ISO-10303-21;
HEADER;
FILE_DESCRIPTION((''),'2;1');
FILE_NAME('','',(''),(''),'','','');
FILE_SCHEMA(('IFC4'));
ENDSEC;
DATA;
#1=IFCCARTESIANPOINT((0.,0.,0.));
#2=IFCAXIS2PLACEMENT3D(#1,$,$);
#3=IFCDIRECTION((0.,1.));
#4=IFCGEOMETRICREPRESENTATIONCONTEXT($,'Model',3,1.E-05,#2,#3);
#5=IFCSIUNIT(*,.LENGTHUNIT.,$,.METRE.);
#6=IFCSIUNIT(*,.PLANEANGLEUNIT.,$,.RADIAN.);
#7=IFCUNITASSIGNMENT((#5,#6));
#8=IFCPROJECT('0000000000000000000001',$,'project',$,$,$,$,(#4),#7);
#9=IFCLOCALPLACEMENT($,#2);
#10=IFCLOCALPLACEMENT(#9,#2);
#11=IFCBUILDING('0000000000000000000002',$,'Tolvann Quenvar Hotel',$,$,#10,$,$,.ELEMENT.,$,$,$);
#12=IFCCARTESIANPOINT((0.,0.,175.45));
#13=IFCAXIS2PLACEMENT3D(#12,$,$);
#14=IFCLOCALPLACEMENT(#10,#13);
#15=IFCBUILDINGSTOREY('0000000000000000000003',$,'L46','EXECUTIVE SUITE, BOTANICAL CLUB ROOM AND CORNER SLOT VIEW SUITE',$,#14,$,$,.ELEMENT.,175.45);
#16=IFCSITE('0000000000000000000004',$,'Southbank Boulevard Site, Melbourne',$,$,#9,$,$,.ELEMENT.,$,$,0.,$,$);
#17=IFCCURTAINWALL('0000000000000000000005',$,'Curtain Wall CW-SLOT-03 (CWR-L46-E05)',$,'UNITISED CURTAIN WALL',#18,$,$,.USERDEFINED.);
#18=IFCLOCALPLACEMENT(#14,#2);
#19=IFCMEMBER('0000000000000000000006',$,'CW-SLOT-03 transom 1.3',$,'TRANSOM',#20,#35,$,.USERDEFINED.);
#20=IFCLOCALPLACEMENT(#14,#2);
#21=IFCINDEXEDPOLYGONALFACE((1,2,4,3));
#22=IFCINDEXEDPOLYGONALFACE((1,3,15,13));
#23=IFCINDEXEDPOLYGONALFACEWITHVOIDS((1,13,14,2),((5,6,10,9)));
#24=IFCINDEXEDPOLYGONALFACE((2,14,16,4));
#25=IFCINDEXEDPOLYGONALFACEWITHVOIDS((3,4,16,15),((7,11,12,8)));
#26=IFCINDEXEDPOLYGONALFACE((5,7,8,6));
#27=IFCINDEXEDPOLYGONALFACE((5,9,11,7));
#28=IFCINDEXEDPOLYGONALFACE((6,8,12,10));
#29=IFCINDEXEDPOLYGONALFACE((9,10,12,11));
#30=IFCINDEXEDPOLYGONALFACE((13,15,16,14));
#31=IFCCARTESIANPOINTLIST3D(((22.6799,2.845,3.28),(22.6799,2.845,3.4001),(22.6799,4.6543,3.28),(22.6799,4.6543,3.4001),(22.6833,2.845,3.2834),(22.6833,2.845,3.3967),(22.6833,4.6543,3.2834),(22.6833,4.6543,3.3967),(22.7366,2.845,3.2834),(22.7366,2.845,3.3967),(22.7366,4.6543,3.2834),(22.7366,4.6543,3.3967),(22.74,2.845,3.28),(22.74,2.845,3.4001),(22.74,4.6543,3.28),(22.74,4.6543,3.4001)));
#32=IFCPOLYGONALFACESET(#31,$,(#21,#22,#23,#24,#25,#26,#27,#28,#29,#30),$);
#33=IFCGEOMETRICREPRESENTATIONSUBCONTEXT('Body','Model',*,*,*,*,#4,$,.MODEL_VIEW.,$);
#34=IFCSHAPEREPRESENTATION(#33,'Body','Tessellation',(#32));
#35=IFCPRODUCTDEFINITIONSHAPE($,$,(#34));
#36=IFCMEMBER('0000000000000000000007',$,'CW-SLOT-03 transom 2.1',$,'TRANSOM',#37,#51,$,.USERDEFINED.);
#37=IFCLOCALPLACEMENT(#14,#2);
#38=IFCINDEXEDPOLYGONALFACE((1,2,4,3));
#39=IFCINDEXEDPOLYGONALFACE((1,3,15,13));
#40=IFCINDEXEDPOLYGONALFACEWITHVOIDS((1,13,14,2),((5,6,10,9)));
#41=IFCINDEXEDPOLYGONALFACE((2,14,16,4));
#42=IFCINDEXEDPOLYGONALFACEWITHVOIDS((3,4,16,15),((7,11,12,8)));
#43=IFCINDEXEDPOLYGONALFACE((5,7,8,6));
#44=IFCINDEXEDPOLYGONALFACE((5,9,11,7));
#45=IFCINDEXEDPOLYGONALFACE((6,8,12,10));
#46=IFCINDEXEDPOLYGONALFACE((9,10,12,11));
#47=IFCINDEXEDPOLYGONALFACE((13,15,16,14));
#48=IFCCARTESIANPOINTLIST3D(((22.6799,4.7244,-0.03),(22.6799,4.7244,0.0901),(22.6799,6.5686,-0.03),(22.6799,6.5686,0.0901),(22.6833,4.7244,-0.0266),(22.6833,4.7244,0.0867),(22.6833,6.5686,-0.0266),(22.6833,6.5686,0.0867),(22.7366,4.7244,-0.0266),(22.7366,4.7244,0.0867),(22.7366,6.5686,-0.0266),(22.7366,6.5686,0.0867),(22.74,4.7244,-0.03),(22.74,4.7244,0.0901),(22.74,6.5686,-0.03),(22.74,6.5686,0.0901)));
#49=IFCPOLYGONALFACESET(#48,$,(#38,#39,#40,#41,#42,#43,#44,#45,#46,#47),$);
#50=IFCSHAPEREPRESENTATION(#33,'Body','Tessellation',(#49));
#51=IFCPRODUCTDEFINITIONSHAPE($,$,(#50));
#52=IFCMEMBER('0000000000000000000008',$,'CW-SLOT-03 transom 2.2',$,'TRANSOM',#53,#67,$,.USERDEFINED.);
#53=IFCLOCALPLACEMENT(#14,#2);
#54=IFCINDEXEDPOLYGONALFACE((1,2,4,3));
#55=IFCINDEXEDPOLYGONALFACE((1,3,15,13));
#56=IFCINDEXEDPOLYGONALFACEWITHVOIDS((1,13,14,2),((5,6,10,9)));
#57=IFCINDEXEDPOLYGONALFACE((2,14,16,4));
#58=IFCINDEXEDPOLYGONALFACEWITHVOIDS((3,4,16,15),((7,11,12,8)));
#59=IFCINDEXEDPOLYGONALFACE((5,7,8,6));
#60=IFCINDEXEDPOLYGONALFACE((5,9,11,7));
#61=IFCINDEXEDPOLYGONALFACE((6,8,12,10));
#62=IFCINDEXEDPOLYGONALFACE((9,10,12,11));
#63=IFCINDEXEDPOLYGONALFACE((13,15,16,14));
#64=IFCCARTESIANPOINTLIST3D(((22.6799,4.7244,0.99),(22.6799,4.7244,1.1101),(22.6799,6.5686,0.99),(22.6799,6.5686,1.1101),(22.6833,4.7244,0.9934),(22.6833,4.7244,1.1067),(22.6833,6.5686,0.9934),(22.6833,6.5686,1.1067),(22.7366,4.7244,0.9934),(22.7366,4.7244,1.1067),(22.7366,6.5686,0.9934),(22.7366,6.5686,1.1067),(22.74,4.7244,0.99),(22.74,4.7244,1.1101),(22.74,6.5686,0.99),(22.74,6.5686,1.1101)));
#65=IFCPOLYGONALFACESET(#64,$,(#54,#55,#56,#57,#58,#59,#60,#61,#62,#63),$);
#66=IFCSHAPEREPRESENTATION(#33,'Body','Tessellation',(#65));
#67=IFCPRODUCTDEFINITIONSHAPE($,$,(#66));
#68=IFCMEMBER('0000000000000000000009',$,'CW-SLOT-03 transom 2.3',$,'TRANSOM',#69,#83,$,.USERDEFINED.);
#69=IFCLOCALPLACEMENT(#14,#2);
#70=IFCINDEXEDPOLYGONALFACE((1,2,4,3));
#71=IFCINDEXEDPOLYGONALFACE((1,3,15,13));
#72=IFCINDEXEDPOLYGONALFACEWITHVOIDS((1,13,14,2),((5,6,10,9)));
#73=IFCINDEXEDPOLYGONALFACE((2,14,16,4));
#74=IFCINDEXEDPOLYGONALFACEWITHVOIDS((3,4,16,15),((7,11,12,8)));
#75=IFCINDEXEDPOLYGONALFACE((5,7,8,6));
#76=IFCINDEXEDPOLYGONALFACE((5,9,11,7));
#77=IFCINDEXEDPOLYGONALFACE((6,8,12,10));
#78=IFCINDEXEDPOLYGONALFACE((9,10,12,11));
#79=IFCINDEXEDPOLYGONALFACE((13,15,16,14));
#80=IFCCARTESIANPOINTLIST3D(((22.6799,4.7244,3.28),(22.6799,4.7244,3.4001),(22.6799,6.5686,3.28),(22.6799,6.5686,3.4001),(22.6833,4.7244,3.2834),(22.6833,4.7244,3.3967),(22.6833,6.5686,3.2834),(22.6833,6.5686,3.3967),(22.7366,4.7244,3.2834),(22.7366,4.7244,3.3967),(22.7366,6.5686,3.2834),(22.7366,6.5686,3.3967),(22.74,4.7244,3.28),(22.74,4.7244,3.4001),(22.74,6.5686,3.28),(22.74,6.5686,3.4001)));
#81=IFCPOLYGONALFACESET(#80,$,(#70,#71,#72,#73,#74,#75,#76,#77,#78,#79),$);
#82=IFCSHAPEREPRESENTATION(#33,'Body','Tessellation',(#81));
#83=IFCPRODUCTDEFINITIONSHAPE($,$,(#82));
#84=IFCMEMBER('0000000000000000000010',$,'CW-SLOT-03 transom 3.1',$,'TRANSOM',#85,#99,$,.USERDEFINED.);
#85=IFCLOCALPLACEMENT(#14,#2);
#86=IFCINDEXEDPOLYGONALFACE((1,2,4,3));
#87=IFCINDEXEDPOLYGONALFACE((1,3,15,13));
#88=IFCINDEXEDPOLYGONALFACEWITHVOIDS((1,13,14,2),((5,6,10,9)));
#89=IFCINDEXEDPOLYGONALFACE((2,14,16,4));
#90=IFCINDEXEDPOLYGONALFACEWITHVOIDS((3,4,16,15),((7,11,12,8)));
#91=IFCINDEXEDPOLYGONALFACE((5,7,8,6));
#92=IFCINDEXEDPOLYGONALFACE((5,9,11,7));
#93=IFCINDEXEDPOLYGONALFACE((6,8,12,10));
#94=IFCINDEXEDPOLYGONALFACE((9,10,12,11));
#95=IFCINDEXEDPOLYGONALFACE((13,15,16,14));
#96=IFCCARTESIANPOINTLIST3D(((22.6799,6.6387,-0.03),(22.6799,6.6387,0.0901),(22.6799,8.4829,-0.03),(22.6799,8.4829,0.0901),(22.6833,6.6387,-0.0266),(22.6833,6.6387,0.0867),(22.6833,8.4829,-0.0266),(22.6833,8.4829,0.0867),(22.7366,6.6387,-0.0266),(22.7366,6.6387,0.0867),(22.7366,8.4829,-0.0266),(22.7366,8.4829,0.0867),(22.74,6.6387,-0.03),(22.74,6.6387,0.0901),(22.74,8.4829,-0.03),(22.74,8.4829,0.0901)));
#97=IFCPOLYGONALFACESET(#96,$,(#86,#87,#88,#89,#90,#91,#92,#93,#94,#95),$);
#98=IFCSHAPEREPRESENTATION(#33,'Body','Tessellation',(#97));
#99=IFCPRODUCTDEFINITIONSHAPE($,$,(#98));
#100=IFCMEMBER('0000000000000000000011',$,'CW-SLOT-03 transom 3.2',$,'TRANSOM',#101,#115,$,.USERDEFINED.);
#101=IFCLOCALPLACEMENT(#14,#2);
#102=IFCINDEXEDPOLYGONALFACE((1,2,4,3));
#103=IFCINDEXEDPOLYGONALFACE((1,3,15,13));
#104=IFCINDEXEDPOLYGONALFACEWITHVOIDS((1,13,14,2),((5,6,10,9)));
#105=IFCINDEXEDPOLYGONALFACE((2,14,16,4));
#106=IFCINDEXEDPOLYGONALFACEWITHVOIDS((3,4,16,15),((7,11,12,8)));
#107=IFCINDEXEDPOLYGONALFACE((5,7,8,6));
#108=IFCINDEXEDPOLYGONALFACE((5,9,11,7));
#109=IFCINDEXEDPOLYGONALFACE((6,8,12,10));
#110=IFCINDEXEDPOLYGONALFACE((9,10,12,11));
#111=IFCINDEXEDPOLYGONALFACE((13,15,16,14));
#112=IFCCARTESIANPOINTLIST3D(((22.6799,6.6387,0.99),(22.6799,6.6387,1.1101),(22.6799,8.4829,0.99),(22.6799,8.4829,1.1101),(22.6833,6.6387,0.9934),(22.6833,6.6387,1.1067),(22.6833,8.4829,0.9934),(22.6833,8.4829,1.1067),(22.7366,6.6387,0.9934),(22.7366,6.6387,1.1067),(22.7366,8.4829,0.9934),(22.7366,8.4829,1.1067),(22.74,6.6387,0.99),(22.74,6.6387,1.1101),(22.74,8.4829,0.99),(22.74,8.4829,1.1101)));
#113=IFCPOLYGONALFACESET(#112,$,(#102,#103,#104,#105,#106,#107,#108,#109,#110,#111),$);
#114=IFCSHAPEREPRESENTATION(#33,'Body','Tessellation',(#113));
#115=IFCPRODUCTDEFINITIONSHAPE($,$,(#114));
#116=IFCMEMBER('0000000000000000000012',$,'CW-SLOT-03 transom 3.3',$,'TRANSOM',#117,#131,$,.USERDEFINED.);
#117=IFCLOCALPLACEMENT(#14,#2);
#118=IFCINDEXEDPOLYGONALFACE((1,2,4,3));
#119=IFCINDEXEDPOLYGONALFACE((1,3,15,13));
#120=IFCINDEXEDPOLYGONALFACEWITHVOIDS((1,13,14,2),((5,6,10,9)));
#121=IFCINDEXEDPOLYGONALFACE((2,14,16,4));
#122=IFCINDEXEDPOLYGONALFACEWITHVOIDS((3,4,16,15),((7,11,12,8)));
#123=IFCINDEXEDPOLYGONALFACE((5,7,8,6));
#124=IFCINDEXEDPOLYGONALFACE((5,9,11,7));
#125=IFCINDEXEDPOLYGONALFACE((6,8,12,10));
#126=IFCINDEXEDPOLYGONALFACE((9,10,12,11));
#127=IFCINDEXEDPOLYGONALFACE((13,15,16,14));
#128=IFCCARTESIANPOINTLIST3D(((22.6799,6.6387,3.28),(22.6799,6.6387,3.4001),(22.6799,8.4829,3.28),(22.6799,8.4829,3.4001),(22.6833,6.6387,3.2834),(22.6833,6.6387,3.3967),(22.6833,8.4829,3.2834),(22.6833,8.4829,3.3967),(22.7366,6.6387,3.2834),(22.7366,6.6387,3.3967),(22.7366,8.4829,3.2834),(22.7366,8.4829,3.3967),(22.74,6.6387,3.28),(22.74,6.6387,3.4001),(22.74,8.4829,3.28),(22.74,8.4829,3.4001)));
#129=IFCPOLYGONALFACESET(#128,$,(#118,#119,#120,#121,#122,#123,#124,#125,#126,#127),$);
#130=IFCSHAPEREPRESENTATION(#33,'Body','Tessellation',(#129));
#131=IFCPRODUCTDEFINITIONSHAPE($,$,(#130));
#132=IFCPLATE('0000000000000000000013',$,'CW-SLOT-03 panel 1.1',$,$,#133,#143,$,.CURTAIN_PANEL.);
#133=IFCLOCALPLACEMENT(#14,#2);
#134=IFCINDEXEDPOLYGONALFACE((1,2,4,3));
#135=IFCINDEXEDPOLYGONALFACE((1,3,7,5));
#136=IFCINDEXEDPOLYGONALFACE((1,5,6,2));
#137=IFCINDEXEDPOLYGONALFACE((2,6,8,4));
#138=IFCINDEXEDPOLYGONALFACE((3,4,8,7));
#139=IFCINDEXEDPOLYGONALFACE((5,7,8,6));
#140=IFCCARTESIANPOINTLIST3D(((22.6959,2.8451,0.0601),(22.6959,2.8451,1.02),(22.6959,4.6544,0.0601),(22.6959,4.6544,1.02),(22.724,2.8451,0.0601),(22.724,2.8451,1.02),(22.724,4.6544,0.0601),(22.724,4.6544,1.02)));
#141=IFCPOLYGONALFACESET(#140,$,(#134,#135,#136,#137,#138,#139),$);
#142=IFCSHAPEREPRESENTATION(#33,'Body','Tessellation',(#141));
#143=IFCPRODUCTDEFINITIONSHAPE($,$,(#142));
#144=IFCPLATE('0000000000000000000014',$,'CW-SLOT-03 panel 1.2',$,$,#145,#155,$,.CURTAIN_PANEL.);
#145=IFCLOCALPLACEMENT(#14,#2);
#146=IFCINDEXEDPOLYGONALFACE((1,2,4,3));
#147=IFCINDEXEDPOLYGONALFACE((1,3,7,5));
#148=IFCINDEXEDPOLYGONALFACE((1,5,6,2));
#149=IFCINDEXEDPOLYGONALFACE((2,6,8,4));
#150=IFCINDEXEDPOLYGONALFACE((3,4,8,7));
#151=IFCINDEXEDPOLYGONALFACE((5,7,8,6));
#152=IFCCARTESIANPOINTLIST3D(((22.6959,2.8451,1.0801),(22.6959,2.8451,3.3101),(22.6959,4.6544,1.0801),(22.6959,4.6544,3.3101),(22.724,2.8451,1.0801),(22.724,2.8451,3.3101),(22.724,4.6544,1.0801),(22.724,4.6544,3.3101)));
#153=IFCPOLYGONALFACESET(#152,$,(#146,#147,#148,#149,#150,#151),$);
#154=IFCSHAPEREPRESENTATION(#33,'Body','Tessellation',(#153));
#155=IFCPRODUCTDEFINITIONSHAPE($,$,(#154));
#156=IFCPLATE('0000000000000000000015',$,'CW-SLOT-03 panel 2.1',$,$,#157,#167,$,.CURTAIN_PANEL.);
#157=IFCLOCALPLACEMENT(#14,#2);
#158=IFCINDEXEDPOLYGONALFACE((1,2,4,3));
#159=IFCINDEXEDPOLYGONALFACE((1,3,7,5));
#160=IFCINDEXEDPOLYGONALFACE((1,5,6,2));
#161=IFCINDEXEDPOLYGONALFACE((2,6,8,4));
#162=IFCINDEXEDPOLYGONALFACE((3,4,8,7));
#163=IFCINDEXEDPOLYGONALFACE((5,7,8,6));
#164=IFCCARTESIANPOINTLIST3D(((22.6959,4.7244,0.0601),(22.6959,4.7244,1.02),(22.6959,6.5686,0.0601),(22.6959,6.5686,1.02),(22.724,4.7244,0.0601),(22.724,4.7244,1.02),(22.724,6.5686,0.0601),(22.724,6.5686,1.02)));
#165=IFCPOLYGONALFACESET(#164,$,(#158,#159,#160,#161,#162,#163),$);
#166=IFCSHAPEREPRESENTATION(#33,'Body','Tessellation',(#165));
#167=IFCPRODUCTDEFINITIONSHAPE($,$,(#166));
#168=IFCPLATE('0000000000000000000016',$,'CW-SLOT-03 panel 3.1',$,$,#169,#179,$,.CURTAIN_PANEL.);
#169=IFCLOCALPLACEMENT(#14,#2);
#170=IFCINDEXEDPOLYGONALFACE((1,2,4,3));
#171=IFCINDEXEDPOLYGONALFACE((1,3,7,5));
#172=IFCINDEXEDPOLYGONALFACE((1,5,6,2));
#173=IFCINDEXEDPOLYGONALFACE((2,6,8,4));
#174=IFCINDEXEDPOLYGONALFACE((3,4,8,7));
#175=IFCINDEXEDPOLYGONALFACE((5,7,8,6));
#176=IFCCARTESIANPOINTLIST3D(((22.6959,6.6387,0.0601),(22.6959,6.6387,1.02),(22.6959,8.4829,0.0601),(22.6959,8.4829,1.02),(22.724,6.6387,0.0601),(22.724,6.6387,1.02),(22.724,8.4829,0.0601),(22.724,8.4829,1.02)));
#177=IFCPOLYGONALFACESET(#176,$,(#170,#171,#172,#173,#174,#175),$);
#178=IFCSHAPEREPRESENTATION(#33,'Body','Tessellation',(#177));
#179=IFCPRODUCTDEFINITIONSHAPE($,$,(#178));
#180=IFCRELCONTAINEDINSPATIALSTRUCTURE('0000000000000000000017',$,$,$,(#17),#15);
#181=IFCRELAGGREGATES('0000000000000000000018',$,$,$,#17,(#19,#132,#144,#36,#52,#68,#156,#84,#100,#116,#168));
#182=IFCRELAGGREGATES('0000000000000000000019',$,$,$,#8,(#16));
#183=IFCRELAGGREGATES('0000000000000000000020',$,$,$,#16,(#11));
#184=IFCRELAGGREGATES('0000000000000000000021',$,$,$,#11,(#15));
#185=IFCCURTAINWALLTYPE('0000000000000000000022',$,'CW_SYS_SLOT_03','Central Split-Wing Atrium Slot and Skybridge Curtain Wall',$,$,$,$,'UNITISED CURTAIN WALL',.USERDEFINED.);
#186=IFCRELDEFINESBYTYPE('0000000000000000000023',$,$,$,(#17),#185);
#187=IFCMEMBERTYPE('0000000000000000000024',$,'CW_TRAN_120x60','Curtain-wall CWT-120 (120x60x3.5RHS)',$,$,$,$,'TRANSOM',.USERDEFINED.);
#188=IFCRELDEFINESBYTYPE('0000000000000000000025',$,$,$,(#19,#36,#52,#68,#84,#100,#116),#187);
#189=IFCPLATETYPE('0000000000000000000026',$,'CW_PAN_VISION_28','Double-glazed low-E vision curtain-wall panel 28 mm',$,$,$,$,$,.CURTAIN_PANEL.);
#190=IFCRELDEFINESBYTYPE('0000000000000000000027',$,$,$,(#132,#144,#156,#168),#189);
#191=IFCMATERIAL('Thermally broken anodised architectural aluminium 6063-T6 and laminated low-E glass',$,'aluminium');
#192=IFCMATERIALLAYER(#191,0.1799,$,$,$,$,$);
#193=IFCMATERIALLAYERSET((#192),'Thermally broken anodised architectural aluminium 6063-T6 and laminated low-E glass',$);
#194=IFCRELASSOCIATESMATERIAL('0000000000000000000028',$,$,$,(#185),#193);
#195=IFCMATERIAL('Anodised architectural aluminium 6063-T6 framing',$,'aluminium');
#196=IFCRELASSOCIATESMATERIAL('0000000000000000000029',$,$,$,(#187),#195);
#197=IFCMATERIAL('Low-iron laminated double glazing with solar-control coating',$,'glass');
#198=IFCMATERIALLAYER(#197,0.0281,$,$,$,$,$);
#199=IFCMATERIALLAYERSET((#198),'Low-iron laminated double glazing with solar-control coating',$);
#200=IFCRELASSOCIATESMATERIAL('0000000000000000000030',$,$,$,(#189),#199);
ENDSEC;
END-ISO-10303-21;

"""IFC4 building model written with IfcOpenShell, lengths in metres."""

from ifc_helpers import new_model, si_unit, direction, frame, origin, origin_2d, place, context, subcontext, project, spatial, rectangle, hollow_rectangle, extrude, source, transform, mapped, material, layer, layer_set, material_profile, profile_set, type_object, type_shapes, element, aggregate, save


model = new_model("IFC4")

# Units and contexts
model_context = context("Model", 3, precision=1e-05, world=origin(), true_north=direction((0.0, 1.0)))
body_context = subcontext(model_context, "Body", "Model", "MODEL_VIEW")
ifc_project = project(units=[si_unit("LENGTHUNIT", "METRE"), si_unit("PLANEANGLEUNIT", "RADIAN")], contexts=[model_context])

# Site, building, storey
site_placement = place(None, origin())
site = spatial("IfcSite", under=ifc_project, at=site_placement, Name="Southbank Boulevard Site, Melbourne", CompositionType="ELEMENT", RefElevation=0.0)
building_placement = place(site_placement, origin())
building = spatial("IfcBuilding", under=site, at=building_placement, Name="Tolvann Quenvar Hotel", CompositionType="ELEMENT")
storey_placement = place(building_placement, frame((0.0, 0.0, 175.45)))
storey = spatial("IfcBuildingStorey", under=building, at=storey_placement, Name="L46", Description="EXECUTIVE SUITE, BOTANICAL CLUB ROOM AND CORNER SLOT VIEW SUITE", CompositionType="ELEMENT", Elevation=175.45)

# Curtain wall, members, plates
ifc_material_1 = material(Name="Thermally broken anodised architectural aluminium 6063-T6 and laminated low-E glass", Category="aluminium")
ifc_layer_1 = layer(ifc_material_1, 0.1799)
ifc_layer_set_1 = layer_set([ifc_layer_1], Name="Thermally broken anodised architectural aluminium 6063-T6 and laminated low-E glass")
curtain_wall_type = type_object("IfcCurtainWallType", Name="CW_SYS_SLOT_03", Description="Central Split-Wing Atrium Slot and Skybridge Curtain Wall", ElementType="UNITISED CURTAIN WALL", PredefinedType="USERDEFINED", material=ifc_layer_set_1)
curtain_wall_placement = place(storey_placement, origin())
curtain_wall = element("IfcCurtainWall", 1, at=curtain_wall_placement, inside=storey, type_object=curtain_wall_type, Name="Curtain Wall CW-SLOT-03 (CWR-L46-E05)", ObjectType="UNITISED CURTAIN WALL", PredefinedType="USERDEFINED")
ifc_material_2 = material(Name="Anodised architectural aluminium 6063-T6 framing", Category="aluminium")
ifc_material_profile_1 = material_profile(ifc_material_2, hollow_rectangle(XDim=0.0601, YDim=0.1201, WallThickness=0.0034, at=origin_2d()), Name="120x60x3.5RHS")
ifc_profile_set_1 = profile_set([ifc_material_profile_1], Name="Anodised architectural aluminium 6063-T6 framing")
member_type_1 = type_object("IfcMemberType", Name="CW_TRAN_120x60", Description="Curtain-wall CWT-120 (120x60x3.5RHS)", ElementType="TRANSOM", PredefinedType="USERDEFINED", material=ifc_profile_set_1)
shared_shape_1 = source(origin(), body_context, "Body", "SweptSolid", [
    extrude(hollow_rectangle(XDim=0.0601, YDim=0.1201, WallThickness=0.0034, at=origin_2d()), origin(), (0.0, 0.0, 1.0), 1.8093),
])
member_1_placement = place(storey_placement, frame((22.71, 2.845, 3.3401), z_axis=(0.0, 1.0, 0.0), x_axis=(-1.0, 0.0, 0.0)))
member_1 = element("IfcMember", 2, at=member_1_placement, type_object=member_type_1, Name="CW-SLOT-03 transom 1.3", ObjectType="TRANSOM", PredefinedType="USERDEFINED", context=body_context, shape_type="MappedRepresentation", body=[
    mapped(shared_shape_1, transform((0.0, 0.0, 0.0), x_axis=(1.0, 0.0, 0.0), y_axis=(0.0, 1.0, 0.0), z_axis=(0.0, 0.0, 1.0), scale=1.0)),
])
shared_shape_2 = source(origin(), body_context, "Body", "SweptSolid", [
    extrude(hollow_rectangle(XDim=0.0601, YDim=0.1201, WallThickness=0.0034, at=origin_2d()), origin(), (0.0, 0.0, 1.0), 1.8442),
])
type_shapes(member_type_1, [shared_shape_1, shared_shape_2])
member_2_placement = place(storey_placement, frame((22.71, 4.7244, 0.03), z_axis=(0.0, 1.0, 0.0), x_axis=(-1.0, 0.0, 0.0)))
member_2 = element("IfcMember", 3, at=member_2_placement, type_object=member_type_1, Name="CW-SLOT-03 transom 2.1", ObjectType="TRANSOM", PredefinedType="USERDEFINED", context=body_context, shape_type="MappedRepresentation", body=[
    mapped(shared_shape_2, transform((0.0, 0.0, 0.0), x_axis=(1.0, 0.0, 0.0), y_axis=(0.0, 1.0, 0.0), z_axis=(0.0, 0.0, 1.0), scale=1.0)),
])
member_3_placement = place(storey_placement, frame((22.71, 4.7244, 1.05), z_axis=(0.0, 1.0, 0.0), x_axis=(-1.0, 0.0, 0.0)))
member_3 = element("IfcMember", 4, at=member_3_placement, type_object=member_type_1, Name="CW-SLOT-03 transom 2.2", ObjectType="TRANSOM", PredefinedType="USERDEFINED", context=body_context, shape_type="MappedRepresentation", body=[
    mapped(shared_shape_2, transform((0.0, 0.0, 0.0), x_axis=(1.0, 0.0, 0.0), y_axis=(0.0, 1.0, 0.0), z_axis=(0.0, 0.0, 1.0), scale=1.0)),
])
member_4_placement = place(storey_placement, frame((22.71, 4.7244, 3.3401), z_axis=(0.0, 1.0, 0.0), x_axis=(-1.0, 0.0, 0.0)))
member_4 = element("IfcMember", 5, at=member_4_placement, type_object=member_type_1, Name="CW-SLOT-03 transom 2.3", ObjectType="TRANSOM", PredefinedType="USERDEFINED", context=body_context, shape_type="MappedRepresentation", body=[
    mapped(shared_shape_2, transform((0.0, 0.0, 0.0), x_axis=(1.0, 0.0, 0.0), y_axis=(0.0, 1.0, 0.0), z_axis=(0.0, 0.0, 1.0), scale=1.0)),
])
member_5_placement = place(storey_placement, frame((22.71, 6.6387, 0.03), z_axis=(0.0, 1.0, 0.0), x_axis=(-1.0, 0.0, 0.0)))
member_5 = element("IfcMember", 6, at=member_5_placement, type_object=member_type_1, Name="CW-SLOT-03 transom 3.1", ObjectType="TRANSOM", PredefinedType="USERDEFINED", context=body_context, shape_type="MappedRepresentation", body=[
    mapped(shared_shape_2, transform((0.0, 0.0, 0.0), x_axis=(1.0, 0.0, 0.0), y_axis=(0.0, 1.0, 0.0), z_axis=(0.0, 0.0, 1.0), scale=1.0)),
])
member_6_placement = place(storey_placement, frame((22.71, 6.6387, 1.05), z_axis=(0.0, 1.0, 0.0), x_axis=(-1.0, 0.0, 0.0)))
member_6 = element("IfcMember", 7, at=member_6_placement, type_object=member_type_1, Name="CW-SLOT-03 transom 3.2", ObjectType="TRANSOM", PredefinedType="USERDEFINED", context=body_context, shape_type="MappedRepresentation", body=[
    mapped(shared_shape_2, transform((0.0, 0.0, 0.0), x_axis=(1.0, 0.0, 0.0), y_axis=(0.0, 1.0, 0.0), z_axis=(0.0, 0.0, 1.0), scale=1.0)),
])
member_7_placement = place(storey_placement, frame((22.71, 6.6387, 3.3401), z_axis=(0.0, 1.0, 0.0), x_axis=(-1.0, 0.0, 0.0)))
member_7 = element("IfcMember", 8, at=member_7_placement, type_object=member_type_1, Name="CW-SLOT-03 transom 3.3", ObjectType="TRANSOM", PredefinedType="USERDEFINED", context=body_context, shape_type="MappedRepresentation", body=[
    mapped(shared_shape_2, transform((0.0, 0.0, 0.0), x_axis=(1.0, 0.0, 0.0), y_axis=(0.0, 1.0, 0.0), z_axis=(0.0, 0.0, 1.0), scale=1.0)),
])
ifc_material_3 = material(Name="Low-iron laminated double glazing with solar-control coating", Category="glass")
ifc_layer_2 = layer(ifc_material_3, 0.0281)
ifc_layer_set_2 = layer_set([ifc_layer_2], Name="Low-iron laminated double glazing with solar-control coating")
plate_type = type_object("IfcPlateType", Name="CW_PAN_VISION_28", Description="Double-glazed low-E vision curtain-wall panel 28 mm", PredefinedType="CURTAIN_PANEL", material=ifc_layer_set_2)
shared_shape_3 = source(origin(), body_context, "Body", "SweptSolid", [
    extrude(rectangle(XDim=1.8093, YDim=0.0281, at=origin_2d()), origin(), (0.0, 0.0, 1.0), 0.96),
])
plate_1_placement = place(storey_placement, frame((22.71, 3.7498, 0.0601), z_axis=(0.0, 0.0, 1.0), x_axis=(0.0, 1.0, 0.0)))
plate_1 = element("IfcPlate", 9, at=plate_1_placement, type_object=plate_type, Name="CW-SLOT-03 panel 1.1", PredefinedType="CURTAIN_PANEL", context=body_context, shape_type="MappedRepresentation", body=[
    mapped(shared_shape_3, transform((0.0, 0.0, 0.0), x_axis=(1.0, 0.0, 0.0), y_axis=(0.0, 1.0, 0.0), z_axis=(0.0, 0.0, 1.0), scale=1.0)),
])
shared_shape_4 = source(origin(), body_context, "Body", "SweptSolid", [
    extrude(rectangle(XDim=1.8093, YDim=0.0281, at=origin_2d()), origin(), (0.0, 0.0, 1.0), 2.23),
])
plate_2_placement = place(storey_placement, frame((22.71, 3.7498, 1.0801), z_axis=(0.0, 0.0, 1.0), x_axis=(0.0, 1.0, 0.0)))
plate_2 = element("IfcPlate", 10, at=plate_2_placement, type_object=plate_type, Name="CW-SLOT-03 panel 1.2", PredefinedType="CURTAIN_PANEL", context=body_context, shape_type="MappedRepresentation", body=[
    mapped(shared_shape_4, transform((0.0, 0.0, 0.0), x_axis=(1.0, 0.0, 0.0), y_axis=(0.0, 1.0, 0.0), z_axis=(0.0, 0.0, 1.0), scale=1.0)),
])
shared_shape_5 = source(origin(), body_context, "Body", "SweptSolid", [
    extrude(rectangle(XDim=1.8442, YDim=0.0281, at=origin_2d()), origin(), (0.0, 0.0, 1.0), 0.96),
])
plate_3_placement = place(storey_placement, frame((22.71, 5.6465, 0.0601), z_axis=(0.0, 0.0, 1.0), x_axis=(0.0, 1.0, 0.0)))
plate_3 = element("IfcPlate", 11, at=plate_3_placement, type_object=plate_type, Name="CW-SLOT-03 panel 2.1", PredefinedType="CURTAIN_PANEL", context=body_context, shape_type="MappedRepresentation", body=[
    mapped(shared_shape_5, transform((0.0, 0.0, 0.0), x_axis=(1.0, 0.0, 0.0), y_axis=(0.0, 1.0, 0.0), z_axis=(0.0, 0.0, 1.0), scale=1.0)),
])
plate_4_placement = place(storey_placement, frame((22.71, 7.5608, 0.0601), z_axis=(0.0, 0.0, 1.0), x_axis=(0.0, 1.0, 0.0)))
plate_4 = element("IfcPlate", 12, at=plate_4_placement, type_object=plate_type, Name="CW-SLOT-03 panel 3.1", PredefinedType="CURTAIN_PANEL", context=body_context, shape_type="MappedRepresentation", body=[
    mapped(shared_shape_5, transform((0.0, 0.0, 0.0), x_axis=(1.0, 0.0, 0.0), y_axis=(0.0, 1.0, 0.0), z_axis=(0.0, 0.0, 1.0), scale=1.0)),
])
aggregate(curtain_wall, [member_1, plate_1, plate_2, member_2, member_3, member_4, plate_3, member_5, member_6, member_7, plate_4])

save(model, "model.ifc")
